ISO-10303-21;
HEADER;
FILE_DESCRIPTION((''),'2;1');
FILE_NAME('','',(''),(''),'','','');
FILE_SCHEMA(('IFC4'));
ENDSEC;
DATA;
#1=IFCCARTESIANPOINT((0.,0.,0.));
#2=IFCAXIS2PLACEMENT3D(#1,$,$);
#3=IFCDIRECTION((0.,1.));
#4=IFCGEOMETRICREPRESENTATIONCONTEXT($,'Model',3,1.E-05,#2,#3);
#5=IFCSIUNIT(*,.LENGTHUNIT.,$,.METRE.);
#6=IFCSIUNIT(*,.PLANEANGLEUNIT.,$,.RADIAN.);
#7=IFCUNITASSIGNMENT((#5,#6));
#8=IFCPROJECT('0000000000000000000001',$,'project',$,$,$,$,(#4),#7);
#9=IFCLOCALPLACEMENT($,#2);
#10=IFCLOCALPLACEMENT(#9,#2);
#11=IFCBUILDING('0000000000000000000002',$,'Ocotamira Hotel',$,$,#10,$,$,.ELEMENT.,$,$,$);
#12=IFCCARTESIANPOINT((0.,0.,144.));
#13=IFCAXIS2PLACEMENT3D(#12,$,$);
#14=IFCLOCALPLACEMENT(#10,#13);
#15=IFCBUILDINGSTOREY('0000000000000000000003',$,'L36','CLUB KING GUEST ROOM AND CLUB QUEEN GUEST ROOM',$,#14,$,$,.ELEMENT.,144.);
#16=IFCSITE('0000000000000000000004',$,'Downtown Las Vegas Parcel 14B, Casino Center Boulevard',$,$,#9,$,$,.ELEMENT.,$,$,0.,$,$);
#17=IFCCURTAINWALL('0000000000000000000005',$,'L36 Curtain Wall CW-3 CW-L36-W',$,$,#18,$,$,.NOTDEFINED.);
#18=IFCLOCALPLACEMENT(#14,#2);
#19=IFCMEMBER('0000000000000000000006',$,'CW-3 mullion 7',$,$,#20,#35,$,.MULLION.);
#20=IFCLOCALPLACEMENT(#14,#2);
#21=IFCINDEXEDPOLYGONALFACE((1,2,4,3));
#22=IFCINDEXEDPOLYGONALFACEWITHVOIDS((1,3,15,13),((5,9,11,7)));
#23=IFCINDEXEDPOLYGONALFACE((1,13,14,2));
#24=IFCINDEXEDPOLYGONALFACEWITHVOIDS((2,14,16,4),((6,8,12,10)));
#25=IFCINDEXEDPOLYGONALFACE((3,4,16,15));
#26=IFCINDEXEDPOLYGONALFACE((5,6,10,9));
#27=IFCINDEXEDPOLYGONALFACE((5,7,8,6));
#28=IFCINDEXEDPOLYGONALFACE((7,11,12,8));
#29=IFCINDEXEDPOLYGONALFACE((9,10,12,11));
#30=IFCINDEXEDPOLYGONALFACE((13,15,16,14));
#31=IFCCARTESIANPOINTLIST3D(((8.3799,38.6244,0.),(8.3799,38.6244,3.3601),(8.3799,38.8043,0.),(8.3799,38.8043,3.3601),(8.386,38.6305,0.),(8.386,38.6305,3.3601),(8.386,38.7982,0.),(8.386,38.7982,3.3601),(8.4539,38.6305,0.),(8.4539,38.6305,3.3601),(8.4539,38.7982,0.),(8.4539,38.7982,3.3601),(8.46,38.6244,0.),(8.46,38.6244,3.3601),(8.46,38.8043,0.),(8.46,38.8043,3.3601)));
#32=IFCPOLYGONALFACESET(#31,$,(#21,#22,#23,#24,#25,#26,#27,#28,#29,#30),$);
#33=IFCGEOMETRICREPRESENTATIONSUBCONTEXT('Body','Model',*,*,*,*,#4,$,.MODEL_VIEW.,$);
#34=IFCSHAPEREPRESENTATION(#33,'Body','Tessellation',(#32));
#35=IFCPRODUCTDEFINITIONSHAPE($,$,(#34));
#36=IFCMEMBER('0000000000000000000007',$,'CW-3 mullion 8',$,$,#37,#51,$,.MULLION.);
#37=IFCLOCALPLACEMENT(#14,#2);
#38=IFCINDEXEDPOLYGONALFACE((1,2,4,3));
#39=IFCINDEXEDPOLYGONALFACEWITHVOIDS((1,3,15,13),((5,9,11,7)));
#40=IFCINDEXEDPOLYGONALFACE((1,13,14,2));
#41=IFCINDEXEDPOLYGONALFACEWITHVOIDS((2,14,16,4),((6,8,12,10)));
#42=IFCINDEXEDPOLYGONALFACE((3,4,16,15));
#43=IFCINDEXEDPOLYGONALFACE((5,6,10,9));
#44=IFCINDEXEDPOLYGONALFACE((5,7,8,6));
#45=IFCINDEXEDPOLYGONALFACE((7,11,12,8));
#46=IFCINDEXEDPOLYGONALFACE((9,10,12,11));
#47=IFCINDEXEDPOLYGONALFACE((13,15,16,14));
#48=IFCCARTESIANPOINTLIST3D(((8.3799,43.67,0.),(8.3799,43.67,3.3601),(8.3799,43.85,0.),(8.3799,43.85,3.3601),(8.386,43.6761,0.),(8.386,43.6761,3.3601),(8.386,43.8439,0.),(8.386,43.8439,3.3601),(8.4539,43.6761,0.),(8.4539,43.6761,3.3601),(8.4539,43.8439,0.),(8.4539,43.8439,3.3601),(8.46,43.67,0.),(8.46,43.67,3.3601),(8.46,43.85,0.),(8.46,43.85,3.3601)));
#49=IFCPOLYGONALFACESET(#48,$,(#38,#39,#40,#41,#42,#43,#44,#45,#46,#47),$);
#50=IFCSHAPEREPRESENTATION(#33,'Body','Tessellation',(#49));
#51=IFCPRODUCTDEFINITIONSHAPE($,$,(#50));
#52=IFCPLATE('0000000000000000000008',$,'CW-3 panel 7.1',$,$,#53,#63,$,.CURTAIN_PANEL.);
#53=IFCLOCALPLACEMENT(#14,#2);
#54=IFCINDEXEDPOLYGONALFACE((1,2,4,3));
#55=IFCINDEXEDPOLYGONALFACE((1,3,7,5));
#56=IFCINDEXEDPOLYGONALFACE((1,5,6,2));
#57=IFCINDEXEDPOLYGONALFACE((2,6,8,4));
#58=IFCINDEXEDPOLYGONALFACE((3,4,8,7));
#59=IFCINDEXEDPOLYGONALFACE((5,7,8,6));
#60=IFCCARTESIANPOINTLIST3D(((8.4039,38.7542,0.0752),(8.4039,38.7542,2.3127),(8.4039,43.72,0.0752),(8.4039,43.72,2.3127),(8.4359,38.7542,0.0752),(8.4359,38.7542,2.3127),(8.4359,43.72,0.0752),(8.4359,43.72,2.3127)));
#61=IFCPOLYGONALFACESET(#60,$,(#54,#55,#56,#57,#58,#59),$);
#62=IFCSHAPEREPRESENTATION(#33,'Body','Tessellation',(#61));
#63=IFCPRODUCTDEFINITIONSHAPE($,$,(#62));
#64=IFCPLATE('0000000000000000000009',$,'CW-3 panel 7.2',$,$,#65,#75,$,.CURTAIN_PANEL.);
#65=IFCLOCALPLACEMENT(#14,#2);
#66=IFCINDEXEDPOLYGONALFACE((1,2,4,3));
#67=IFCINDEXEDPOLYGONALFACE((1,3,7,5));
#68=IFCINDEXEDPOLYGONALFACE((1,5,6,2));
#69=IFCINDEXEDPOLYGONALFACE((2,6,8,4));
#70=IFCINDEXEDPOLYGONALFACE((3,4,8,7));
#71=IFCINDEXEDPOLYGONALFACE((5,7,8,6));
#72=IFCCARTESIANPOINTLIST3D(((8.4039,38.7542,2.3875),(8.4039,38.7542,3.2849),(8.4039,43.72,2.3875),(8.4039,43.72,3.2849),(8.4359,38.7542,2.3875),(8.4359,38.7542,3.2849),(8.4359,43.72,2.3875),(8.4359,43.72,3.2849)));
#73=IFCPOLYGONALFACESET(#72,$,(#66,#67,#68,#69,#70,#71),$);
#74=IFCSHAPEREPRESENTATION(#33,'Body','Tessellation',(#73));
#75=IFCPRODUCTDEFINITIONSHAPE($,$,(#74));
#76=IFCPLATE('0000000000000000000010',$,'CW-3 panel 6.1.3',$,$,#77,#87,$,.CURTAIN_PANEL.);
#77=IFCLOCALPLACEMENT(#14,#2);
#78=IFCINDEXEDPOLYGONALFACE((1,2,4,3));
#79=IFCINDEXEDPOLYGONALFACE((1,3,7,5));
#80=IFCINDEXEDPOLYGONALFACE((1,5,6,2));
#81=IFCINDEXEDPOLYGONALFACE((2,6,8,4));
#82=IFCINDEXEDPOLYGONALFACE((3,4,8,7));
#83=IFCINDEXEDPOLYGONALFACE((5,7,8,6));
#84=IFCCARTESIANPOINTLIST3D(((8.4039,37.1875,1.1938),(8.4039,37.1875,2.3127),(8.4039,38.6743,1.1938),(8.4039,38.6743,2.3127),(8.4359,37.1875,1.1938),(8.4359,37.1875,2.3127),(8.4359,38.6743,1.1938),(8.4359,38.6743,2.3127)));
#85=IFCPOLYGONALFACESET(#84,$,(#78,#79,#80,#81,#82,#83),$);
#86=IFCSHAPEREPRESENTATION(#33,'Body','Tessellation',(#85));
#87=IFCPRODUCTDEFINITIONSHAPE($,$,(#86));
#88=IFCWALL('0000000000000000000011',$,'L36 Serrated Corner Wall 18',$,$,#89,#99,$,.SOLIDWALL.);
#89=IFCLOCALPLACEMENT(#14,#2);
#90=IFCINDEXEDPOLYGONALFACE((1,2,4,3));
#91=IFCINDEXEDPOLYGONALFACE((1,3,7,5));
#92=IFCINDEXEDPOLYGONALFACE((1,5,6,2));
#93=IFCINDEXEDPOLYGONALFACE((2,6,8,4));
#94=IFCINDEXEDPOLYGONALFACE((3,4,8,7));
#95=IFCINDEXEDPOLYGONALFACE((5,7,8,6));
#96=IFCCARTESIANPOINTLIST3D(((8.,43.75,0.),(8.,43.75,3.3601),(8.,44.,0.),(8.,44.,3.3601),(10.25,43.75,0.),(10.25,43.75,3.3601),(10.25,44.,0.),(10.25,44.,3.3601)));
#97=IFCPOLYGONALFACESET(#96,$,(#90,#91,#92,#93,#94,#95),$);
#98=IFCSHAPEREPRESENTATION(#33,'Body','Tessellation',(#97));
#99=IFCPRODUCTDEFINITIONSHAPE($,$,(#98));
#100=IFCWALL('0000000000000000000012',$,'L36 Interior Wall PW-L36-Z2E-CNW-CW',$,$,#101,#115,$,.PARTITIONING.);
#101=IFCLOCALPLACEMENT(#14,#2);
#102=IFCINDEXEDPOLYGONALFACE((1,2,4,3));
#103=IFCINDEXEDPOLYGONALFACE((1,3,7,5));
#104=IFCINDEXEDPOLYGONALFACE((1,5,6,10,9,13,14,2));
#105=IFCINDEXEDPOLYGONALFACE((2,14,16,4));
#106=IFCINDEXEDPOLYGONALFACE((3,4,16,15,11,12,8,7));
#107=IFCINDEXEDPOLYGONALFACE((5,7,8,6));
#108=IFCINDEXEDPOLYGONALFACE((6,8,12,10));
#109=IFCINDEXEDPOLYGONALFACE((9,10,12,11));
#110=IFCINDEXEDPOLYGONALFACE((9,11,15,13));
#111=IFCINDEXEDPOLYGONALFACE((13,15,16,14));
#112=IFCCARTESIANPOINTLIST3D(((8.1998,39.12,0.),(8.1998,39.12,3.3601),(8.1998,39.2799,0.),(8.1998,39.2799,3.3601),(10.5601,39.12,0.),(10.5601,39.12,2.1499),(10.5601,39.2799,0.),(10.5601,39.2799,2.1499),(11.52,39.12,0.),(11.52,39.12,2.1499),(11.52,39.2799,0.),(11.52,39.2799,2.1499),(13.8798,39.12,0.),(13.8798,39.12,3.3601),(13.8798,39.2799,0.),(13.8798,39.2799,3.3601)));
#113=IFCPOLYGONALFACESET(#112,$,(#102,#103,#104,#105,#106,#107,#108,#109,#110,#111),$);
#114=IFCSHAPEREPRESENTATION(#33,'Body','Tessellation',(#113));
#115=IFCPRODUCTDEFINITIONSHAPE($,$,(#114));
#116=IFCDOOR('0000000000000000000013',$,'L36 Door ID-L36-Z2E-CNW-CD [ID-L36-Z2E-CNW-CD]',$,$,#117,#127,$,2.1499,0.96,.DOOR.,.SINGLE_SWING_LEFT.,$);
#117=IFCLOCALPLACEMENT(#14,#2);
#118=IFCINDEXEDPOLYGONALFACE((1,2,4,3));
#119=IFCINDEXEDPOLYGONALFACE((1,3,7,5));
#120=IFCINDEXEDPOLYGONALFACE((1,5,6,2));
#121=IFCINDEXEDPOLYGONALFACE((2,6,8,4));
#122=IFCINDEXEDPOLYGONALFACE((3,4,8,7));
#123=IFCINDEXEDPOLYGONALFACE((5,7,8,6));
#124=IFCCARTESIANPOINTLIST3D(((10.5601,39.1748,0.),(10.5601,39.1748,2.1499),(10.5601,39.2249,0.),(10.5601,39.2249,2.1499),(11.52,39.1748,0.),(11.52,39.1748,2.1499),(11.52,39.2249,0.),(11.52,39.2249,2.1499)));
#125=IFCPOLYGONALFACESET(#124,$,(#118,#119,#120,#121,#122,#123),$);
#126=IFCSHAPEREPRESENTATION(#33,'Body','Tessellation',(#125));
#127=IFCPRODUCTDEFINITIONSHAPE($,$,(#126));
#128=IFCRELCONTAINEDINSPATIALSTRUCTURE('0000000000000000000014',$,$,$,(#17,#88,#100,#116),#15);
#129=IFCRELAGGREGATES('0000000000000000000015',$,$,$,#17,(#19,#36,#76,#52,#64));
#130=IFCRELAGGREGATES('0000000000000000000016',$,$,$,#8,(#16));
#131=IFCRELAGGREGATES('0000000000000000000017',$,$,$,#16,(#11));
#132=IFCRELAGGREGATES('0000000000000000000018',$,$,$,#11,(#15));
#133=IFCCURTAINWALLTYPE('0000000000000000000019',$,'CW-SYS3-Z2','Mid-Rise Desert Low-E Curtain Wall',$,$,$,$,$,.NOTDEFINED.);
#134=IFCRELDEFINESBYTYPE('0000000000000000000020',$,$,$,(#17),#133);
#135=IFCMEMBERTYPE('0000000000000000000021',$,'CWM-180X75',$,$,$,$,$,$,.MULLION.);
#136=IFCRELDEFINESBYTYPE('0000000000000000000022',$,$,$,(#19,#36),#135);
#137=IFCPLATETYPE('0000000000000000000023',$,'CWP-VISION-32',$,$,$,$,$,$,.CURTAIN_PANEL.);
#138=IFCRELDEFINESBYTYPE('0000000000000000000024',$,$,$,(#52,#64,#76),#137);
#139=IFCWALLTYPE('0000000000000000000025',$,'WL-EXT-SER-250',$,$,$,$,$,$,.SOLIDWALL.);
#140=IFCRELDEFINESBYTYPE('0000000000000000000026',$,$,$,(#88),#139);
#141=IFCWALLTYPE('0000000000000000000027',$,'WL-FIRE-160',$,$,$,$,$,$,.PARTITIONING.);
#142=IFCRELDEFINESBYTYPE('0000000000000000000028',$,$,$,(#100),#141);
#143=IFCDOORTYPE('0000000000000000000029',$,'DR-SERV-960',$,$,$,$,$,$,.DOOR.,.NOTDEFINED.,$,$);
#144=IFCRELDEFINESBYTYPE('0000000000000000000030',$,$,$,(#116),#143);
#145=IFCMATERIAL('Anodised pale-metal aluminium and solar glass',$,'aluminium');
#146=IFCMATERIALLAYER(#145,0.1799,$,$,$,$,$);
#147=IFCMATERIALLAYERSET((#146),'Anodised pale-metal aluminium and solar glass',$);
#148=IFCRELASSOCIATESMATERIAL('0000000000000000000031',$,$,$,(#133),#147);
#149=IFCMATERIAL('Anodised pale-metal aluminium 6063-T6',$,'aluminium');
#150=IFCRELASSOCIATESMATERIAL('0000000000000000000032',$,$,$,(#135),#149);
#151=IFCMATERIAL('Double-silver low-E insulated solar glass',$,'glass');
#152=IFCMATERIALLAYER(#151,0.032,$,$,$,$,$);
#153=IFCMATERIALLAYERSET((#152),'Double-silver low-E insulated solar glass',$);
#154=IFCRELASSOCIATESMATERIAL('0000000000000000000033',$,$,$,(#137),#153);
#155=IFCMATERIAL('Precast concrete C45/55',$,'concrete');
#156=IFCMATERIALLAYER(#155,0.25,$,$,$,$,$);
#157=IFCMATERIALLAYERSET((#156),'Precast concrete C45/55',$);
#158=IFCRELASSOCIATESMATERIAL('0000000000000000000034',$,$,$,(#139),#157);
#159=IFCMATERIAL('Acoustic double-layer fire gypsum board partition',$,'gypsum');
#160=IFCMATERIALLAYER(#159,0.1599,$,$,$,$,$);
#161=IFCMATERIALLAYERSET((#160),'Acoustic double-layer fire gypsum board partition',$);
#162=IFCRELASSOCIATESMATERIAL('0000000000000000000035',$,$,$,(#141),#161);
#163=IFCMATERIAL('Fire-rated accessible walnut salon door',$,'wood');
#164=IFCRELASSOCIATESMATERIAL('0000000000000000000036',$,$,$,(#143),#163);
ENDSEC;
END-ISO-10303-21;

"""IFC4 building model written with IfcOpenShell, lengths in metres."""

from ifc_helpers import new_model, si_unit, direction, frame, frame_2d, origin, origin_2d, place, context, subcontext, project, spatial, rectangle, hollow_rectangle, extrude, source, transform, mapped, material, layer, layer_set, material_profile, profile_set, type_object, element, fill, aggregate, save


model = new_model("IFC4")

# Units and contexts
model_context = context("Model", 3, precision=1e-05, world=origin(), true_north=direction((0.0, 1.0)))
body_context = subcontext(model_context, "Body", "Model", "MODEL_VIEW")
ifc_project = project(units=[si_unit("LENGTHUNIT", "METRE"), si_unit("PLANEANGLEUNIT", "RADIAN")], contexts=[model_context])

# Site, building, storey
site_placement = place(None, origin())
site = spatial("IfcSite", under=ifc_project, at=site_placement, Name="Downtown Las Vegas Parcel 14B, Casino Center Boulevard", CompositionType="ELEMENT", RefElevation=0.0)
building_placement = place(site_placement, origin())
building = spatial("IfcBuilding", under=site, at=building_placement, Name="Ocotamira Hotel", CompositionType="ELEMENT")
storey_placement = place(building_placement, frame((0.0, 0.0, 144.0)))
storey = spatial("IfcBuildingStorey", under=building, at=storey_placement, Name="L36", Description="CLUB KING GUEST ROOM AND CLUB QUEEN GUEST ROOM", CompositionType="ELEMENT", Elevation=144.0)

# Curtain wall, members, plates
ifc_material_1 = material(Name="Anodised pale-metal aluminium and solar glass", Category="aluminium")
ifc_layer_1 = layer(ifc_material_1, 0.1799)
ifc_layer_set_1 = layer_set([ifc_layer_1], Name="Anodised pale-metal aluminium and solar glass")
curtain_wall_type = type_object("IfcCurtainWallType", Name="CW-SYS3-Z2", Description="Mid-Rise Desert Low-E Curtain Wall", PredefinedType="NOTDEFINED", material=ifc_layer_set_1)
curtain_wall_placement = place(storey_placement, origin())
curtain_wall = element("IfcCurtainWall", 1, at=curtain_wall_placement, inside=storey, type_object=curtain_wall_type, Name="L36 Curtain Wall CW-3 CW-L36-W", PredefinedType="NOTDEFINED")
ifc_material_2 = material(Name="Anodised pale-metal aluminium 6063-T6", Category="aluminium")
ifc_material_profile_1 = material_profile(ifc_material_2, hollow_rectangle(XDim=0.0801, YDim=0.1799, WallThickness=0.0061, at=origin_2d()), Name="HSS180X80X6")
ifc_profile_set_1 = profile_set([ifc_material_profile_1], Name="Anodised pale-metal aluminium 6063-T6")
member_type_1 = type_object("IfcMemberType", Name="CWM-180X75", PredefinedType="MULLION", material=ifc_profile_set_1)
shared_shape_1 = source(origin(), body_context, "Body", "SweptSolid", [
    extrude(hollow_rectangle(XDim=0.0801, YDim=0.1799, WallThickness=0.0061, at=origin_2d()), origin(), (0.0, 0.0, 1.0), 3.3601),
])
member_1_placement = place(storey_placement, frame((8.4199, 38.7144, 0.0), z_axis=(0.0, 0.0, 1.0), x_axis=(-1.0, 0.0, 0.0)))
member_1 = element("IfcMember", 2, at=member_1_placement, type_object=member_type_1, Name="CW-3 mullion 7", PredefinedType="MULLION", context=body_context, shape_type="MappedRepresentation", body=[
    mapped(shared_shape_1, transform((0.0, 0.0, 0.0), scale=1.0)),
])
member_2_placement = place(storey_placement, frame((8.4199, 43.76, 0.0), z_axis=(0.0, 0.0, 1.0), x_axis=(-1.0, 0.0, 0.0)))
member_2 = element("IfcMember", 3, at=member_2_placement, type_object=member_type_1, Name="CW-3 mullion 8", PredefinedType="MULLION", context=body_context, shape_type="MappedRepresentation", body=[
    mapped(shared_shape_1, transform((0.0, 0.0, 0.0), scale=1.0)),
])
ifc_material_3 = material(Name="Double-silver low-E insulated solar glass", Category="glass")
ifc_layer_2 = layer(ifc_material_3, 0.032)
ifc_layer_set_2 = layer_set([ifc_layer_2], Name="Double-silver low-E insulated solar glass")
plate_type = type_object("IfcPlateType", Name="CWP-VISION-32", PredefinedType="CURTAIN_PANEL", material=ifc_layer_set_2)
shared_shape_2 = source(origin(), body_context, "Body", "SweptSolid", [
    extrude(rectangle(XDim=4.9658, YDim=0.032, at=origin_2d()), origin(), (0.0, 0.0, 1.0), 2.2375),
])
plate_1_placement = place(storey_placement, frame((8.4199, 41.2371, 0.0752), z_axis=(0.0, 0.0, 1.0), x_axis=(0.0, 1.0, 0.0)))
plate_1 = element("IfcPlate", 4, at=plate_1_placement, type_object=plate_type, Name="CW-3 panel 7.1", PredefinedType="CURTAIN_PANEL", context=body_context, shape_type="MappedRepresentation", body=[
    mapped(shared_shape_2, transform((0.0, 0.0, 0.0), scale=1.0)),
])
shared_shape_3 = source(origin(), body_context, "Body", "SweptSolid", [
    extrude(rectangle(XDim=4.9658, YDim=0.032, at=origin_2d()), origin(), (0.0, 0.0, 1.0), 0.8975),
])
plate_2_placement = place(storey_placement, frame((8.4199, 41.2371, 2.3875), z_axis=(0.0, 0.0, 1.0), x_axis=(0.0, 1.0, 0.0)))
plate_2 = element("IfcPlate", 5, at=plate_2_placement, type_object=plate_type, Name="CW-3 panel 7.2", PredefinedType="CURTAIN_PANEL", context=body_context, shape_type="MappedRepresentation", body=[
    mapped(shared_shape_3, transform((0.0, 0.0, 0.0), scale=1.0)),
])
shared_shape_4 = source(origin(), body_context, "Body", "SweptSolid", [
    extrude(rectangle(XDim=1.4868, YDim=0.032, at=origin_2d()), origin(), (0.0, 0.0, 1.0), 1.1189),
])
plate_3_placement = place(storey_placement, frame((8.4199, 37.9309, 1.1938), z_axis=(0.0, 0.0, 1.0), x_axis=(0.0, 1.0, 0.0)))
plate_3 = element("IfcPlate", 6, at=plate_3_placement, type_object=plate_type, Name="CW-3 panel 6.1.3", PredefinedType="CURTAIN_PANEL", context=body_context, shape_type="MappedRepresentation", body=[
    mapped(shared_shape_4, transform((0.0, 0.0, 0.0), scale=1.0)),
])
aggregate(curtain_wall, [member_1, member_2, plate_3, plate_1, plate_2])

# Wall
ifc_material_4 = material(Name="Precast concrete C45/55", Category="concrete")
ifc_layer_3 = layer(ifc_material_4, 0.25)
ifc_layer_set_3 = layer_set([ifc_layer_3], Name="Precast concrete C45/55")
wall_type_1 = type_object("IfcWallType", Name="WL-EXT-SER-250", PredefinedType="SOLIDWALL", material=ifc_layer_set_3)
wall_1_placement = place(storey_placement, frame((10.25, 43.875, 0.0), z_axis=(0.0, 0.0, 1.0), x_axis=(-1.0, 0.0, 0.0)))
element("IfcWall", 7, at=wall_1_placement, inside=storey, type_object=wall_type_1, Name="L36 Serrated Corner Wall 18", PredefinedType="SOLIDWALL", context=body_context, shape_type="SweptSolid", body=[
    extrude(rectangle(XDim=2.25, YDim=0.25, at=frame_2d((1.125, 0.0))), origin(), (0.0, 0.0, 1.0), 3.3601),
])

# Wall, opening, door
ifc_material_5 = material(Name="Acoustic double-layer fire gypsum board partition", Category="gypsum")
ifc_layer_4 = layer(ifc_material_5, 0.1599)
ifc_layer_set_4 = layer_set([ifc_layer_4], Name="Acoustic double-layer fire gypsum board partition")
wall_type_2 = type_object("IfcWallType", Name="WL-FIRE-160", PredefinedType="PARTITIONING", material=ifc_layer_set_4)
wall_2_placement = place(storey_placement, frame((8.2, 39.2, 0.0), z_axis=(0.0, 0.0, 1.0), x_axis=(1.0, 0.0, 0.0)))
wall_2 = element("IfcWall", 8, at=wall_2_placement, inside=storey, type_object=wall_type_2, Name="L36 Interior Wall PW-L36-Z2E-CNW-CW", PredefinedType="PARTITIONING", context=body_context, shape_type="SweptSolid", body=[
    extrude(rectangle(XDim=5.6799, YDim=0.1599, at=frame_2d((2.8398, 0.0))), origin(), (0.0, 0.0, 1.0), 3.3601),
])
opening_1_placement = place(wall_2_placement, frame((2.3601, 0.0, 0.0)))
opening_1 = element("IfcOpeningElement", 9, at=opening_1_placement, cuts=wall_2, PredefinedType="OPENING", context=body_context, shape_type="SweptSolid", body=[
    extrude(rectangle(XDim=0.96, YDim=2.1499, at=frame_2d((0.48, 1.075))), frame((0.0, 0.0898, 0.0), z_axis=(0.0, -1.0, 0.0), x_axis=(1.0, 0.0, 0.0)), (0.0, 0.0, 1.0), 0.1799),
])
ifc_material_6 = material(Name="Fire-rated accessible walnut salon door", Category="wood")
door_type_1 = type_object("IfcDoorType", Name="DR-SERV-960", OperationType="NOTDEFINED", PredefinedType="DOOR", material=ifc_material_6)
shared_shape_5 = source(origin(), body_context, "Body", "SweptSolid", [
    extrude(rectangle(XDim=0.96, YDim=2.1499, at=frame_2d((0.48, 1.075))), frame((0.0, 0.0249, 0.0), z_axis=(0.0, -1.0, 0.0), x_axis=(1.0, 0.0, 0.0)), (0.0, 0.0, 1.0), 0.05),
])
door_1_placement = place(opening_1_placement, origin())
door_1 = element("IfcDoor", 10, at=door_1_placement, inside=storey, type_object=door_type_1, Name="L36 Door ID-L36-Z2E-CNW-CD [ID-L36-Z2E-CNW-CD]", OperationType="SINGLE_SWING_LEFT", OverallHeight=2.1499, OverallWidth=0.96, PredefinedType="DOOR", context=body_context, shape_type="MappedRepresentation", body=[
    mapped(shared_shape_5, transform((0.0, 0.0, 0.0), scale=1.0)),
])
fill(opening_1, door_1)

save(model, "model.ifc")
